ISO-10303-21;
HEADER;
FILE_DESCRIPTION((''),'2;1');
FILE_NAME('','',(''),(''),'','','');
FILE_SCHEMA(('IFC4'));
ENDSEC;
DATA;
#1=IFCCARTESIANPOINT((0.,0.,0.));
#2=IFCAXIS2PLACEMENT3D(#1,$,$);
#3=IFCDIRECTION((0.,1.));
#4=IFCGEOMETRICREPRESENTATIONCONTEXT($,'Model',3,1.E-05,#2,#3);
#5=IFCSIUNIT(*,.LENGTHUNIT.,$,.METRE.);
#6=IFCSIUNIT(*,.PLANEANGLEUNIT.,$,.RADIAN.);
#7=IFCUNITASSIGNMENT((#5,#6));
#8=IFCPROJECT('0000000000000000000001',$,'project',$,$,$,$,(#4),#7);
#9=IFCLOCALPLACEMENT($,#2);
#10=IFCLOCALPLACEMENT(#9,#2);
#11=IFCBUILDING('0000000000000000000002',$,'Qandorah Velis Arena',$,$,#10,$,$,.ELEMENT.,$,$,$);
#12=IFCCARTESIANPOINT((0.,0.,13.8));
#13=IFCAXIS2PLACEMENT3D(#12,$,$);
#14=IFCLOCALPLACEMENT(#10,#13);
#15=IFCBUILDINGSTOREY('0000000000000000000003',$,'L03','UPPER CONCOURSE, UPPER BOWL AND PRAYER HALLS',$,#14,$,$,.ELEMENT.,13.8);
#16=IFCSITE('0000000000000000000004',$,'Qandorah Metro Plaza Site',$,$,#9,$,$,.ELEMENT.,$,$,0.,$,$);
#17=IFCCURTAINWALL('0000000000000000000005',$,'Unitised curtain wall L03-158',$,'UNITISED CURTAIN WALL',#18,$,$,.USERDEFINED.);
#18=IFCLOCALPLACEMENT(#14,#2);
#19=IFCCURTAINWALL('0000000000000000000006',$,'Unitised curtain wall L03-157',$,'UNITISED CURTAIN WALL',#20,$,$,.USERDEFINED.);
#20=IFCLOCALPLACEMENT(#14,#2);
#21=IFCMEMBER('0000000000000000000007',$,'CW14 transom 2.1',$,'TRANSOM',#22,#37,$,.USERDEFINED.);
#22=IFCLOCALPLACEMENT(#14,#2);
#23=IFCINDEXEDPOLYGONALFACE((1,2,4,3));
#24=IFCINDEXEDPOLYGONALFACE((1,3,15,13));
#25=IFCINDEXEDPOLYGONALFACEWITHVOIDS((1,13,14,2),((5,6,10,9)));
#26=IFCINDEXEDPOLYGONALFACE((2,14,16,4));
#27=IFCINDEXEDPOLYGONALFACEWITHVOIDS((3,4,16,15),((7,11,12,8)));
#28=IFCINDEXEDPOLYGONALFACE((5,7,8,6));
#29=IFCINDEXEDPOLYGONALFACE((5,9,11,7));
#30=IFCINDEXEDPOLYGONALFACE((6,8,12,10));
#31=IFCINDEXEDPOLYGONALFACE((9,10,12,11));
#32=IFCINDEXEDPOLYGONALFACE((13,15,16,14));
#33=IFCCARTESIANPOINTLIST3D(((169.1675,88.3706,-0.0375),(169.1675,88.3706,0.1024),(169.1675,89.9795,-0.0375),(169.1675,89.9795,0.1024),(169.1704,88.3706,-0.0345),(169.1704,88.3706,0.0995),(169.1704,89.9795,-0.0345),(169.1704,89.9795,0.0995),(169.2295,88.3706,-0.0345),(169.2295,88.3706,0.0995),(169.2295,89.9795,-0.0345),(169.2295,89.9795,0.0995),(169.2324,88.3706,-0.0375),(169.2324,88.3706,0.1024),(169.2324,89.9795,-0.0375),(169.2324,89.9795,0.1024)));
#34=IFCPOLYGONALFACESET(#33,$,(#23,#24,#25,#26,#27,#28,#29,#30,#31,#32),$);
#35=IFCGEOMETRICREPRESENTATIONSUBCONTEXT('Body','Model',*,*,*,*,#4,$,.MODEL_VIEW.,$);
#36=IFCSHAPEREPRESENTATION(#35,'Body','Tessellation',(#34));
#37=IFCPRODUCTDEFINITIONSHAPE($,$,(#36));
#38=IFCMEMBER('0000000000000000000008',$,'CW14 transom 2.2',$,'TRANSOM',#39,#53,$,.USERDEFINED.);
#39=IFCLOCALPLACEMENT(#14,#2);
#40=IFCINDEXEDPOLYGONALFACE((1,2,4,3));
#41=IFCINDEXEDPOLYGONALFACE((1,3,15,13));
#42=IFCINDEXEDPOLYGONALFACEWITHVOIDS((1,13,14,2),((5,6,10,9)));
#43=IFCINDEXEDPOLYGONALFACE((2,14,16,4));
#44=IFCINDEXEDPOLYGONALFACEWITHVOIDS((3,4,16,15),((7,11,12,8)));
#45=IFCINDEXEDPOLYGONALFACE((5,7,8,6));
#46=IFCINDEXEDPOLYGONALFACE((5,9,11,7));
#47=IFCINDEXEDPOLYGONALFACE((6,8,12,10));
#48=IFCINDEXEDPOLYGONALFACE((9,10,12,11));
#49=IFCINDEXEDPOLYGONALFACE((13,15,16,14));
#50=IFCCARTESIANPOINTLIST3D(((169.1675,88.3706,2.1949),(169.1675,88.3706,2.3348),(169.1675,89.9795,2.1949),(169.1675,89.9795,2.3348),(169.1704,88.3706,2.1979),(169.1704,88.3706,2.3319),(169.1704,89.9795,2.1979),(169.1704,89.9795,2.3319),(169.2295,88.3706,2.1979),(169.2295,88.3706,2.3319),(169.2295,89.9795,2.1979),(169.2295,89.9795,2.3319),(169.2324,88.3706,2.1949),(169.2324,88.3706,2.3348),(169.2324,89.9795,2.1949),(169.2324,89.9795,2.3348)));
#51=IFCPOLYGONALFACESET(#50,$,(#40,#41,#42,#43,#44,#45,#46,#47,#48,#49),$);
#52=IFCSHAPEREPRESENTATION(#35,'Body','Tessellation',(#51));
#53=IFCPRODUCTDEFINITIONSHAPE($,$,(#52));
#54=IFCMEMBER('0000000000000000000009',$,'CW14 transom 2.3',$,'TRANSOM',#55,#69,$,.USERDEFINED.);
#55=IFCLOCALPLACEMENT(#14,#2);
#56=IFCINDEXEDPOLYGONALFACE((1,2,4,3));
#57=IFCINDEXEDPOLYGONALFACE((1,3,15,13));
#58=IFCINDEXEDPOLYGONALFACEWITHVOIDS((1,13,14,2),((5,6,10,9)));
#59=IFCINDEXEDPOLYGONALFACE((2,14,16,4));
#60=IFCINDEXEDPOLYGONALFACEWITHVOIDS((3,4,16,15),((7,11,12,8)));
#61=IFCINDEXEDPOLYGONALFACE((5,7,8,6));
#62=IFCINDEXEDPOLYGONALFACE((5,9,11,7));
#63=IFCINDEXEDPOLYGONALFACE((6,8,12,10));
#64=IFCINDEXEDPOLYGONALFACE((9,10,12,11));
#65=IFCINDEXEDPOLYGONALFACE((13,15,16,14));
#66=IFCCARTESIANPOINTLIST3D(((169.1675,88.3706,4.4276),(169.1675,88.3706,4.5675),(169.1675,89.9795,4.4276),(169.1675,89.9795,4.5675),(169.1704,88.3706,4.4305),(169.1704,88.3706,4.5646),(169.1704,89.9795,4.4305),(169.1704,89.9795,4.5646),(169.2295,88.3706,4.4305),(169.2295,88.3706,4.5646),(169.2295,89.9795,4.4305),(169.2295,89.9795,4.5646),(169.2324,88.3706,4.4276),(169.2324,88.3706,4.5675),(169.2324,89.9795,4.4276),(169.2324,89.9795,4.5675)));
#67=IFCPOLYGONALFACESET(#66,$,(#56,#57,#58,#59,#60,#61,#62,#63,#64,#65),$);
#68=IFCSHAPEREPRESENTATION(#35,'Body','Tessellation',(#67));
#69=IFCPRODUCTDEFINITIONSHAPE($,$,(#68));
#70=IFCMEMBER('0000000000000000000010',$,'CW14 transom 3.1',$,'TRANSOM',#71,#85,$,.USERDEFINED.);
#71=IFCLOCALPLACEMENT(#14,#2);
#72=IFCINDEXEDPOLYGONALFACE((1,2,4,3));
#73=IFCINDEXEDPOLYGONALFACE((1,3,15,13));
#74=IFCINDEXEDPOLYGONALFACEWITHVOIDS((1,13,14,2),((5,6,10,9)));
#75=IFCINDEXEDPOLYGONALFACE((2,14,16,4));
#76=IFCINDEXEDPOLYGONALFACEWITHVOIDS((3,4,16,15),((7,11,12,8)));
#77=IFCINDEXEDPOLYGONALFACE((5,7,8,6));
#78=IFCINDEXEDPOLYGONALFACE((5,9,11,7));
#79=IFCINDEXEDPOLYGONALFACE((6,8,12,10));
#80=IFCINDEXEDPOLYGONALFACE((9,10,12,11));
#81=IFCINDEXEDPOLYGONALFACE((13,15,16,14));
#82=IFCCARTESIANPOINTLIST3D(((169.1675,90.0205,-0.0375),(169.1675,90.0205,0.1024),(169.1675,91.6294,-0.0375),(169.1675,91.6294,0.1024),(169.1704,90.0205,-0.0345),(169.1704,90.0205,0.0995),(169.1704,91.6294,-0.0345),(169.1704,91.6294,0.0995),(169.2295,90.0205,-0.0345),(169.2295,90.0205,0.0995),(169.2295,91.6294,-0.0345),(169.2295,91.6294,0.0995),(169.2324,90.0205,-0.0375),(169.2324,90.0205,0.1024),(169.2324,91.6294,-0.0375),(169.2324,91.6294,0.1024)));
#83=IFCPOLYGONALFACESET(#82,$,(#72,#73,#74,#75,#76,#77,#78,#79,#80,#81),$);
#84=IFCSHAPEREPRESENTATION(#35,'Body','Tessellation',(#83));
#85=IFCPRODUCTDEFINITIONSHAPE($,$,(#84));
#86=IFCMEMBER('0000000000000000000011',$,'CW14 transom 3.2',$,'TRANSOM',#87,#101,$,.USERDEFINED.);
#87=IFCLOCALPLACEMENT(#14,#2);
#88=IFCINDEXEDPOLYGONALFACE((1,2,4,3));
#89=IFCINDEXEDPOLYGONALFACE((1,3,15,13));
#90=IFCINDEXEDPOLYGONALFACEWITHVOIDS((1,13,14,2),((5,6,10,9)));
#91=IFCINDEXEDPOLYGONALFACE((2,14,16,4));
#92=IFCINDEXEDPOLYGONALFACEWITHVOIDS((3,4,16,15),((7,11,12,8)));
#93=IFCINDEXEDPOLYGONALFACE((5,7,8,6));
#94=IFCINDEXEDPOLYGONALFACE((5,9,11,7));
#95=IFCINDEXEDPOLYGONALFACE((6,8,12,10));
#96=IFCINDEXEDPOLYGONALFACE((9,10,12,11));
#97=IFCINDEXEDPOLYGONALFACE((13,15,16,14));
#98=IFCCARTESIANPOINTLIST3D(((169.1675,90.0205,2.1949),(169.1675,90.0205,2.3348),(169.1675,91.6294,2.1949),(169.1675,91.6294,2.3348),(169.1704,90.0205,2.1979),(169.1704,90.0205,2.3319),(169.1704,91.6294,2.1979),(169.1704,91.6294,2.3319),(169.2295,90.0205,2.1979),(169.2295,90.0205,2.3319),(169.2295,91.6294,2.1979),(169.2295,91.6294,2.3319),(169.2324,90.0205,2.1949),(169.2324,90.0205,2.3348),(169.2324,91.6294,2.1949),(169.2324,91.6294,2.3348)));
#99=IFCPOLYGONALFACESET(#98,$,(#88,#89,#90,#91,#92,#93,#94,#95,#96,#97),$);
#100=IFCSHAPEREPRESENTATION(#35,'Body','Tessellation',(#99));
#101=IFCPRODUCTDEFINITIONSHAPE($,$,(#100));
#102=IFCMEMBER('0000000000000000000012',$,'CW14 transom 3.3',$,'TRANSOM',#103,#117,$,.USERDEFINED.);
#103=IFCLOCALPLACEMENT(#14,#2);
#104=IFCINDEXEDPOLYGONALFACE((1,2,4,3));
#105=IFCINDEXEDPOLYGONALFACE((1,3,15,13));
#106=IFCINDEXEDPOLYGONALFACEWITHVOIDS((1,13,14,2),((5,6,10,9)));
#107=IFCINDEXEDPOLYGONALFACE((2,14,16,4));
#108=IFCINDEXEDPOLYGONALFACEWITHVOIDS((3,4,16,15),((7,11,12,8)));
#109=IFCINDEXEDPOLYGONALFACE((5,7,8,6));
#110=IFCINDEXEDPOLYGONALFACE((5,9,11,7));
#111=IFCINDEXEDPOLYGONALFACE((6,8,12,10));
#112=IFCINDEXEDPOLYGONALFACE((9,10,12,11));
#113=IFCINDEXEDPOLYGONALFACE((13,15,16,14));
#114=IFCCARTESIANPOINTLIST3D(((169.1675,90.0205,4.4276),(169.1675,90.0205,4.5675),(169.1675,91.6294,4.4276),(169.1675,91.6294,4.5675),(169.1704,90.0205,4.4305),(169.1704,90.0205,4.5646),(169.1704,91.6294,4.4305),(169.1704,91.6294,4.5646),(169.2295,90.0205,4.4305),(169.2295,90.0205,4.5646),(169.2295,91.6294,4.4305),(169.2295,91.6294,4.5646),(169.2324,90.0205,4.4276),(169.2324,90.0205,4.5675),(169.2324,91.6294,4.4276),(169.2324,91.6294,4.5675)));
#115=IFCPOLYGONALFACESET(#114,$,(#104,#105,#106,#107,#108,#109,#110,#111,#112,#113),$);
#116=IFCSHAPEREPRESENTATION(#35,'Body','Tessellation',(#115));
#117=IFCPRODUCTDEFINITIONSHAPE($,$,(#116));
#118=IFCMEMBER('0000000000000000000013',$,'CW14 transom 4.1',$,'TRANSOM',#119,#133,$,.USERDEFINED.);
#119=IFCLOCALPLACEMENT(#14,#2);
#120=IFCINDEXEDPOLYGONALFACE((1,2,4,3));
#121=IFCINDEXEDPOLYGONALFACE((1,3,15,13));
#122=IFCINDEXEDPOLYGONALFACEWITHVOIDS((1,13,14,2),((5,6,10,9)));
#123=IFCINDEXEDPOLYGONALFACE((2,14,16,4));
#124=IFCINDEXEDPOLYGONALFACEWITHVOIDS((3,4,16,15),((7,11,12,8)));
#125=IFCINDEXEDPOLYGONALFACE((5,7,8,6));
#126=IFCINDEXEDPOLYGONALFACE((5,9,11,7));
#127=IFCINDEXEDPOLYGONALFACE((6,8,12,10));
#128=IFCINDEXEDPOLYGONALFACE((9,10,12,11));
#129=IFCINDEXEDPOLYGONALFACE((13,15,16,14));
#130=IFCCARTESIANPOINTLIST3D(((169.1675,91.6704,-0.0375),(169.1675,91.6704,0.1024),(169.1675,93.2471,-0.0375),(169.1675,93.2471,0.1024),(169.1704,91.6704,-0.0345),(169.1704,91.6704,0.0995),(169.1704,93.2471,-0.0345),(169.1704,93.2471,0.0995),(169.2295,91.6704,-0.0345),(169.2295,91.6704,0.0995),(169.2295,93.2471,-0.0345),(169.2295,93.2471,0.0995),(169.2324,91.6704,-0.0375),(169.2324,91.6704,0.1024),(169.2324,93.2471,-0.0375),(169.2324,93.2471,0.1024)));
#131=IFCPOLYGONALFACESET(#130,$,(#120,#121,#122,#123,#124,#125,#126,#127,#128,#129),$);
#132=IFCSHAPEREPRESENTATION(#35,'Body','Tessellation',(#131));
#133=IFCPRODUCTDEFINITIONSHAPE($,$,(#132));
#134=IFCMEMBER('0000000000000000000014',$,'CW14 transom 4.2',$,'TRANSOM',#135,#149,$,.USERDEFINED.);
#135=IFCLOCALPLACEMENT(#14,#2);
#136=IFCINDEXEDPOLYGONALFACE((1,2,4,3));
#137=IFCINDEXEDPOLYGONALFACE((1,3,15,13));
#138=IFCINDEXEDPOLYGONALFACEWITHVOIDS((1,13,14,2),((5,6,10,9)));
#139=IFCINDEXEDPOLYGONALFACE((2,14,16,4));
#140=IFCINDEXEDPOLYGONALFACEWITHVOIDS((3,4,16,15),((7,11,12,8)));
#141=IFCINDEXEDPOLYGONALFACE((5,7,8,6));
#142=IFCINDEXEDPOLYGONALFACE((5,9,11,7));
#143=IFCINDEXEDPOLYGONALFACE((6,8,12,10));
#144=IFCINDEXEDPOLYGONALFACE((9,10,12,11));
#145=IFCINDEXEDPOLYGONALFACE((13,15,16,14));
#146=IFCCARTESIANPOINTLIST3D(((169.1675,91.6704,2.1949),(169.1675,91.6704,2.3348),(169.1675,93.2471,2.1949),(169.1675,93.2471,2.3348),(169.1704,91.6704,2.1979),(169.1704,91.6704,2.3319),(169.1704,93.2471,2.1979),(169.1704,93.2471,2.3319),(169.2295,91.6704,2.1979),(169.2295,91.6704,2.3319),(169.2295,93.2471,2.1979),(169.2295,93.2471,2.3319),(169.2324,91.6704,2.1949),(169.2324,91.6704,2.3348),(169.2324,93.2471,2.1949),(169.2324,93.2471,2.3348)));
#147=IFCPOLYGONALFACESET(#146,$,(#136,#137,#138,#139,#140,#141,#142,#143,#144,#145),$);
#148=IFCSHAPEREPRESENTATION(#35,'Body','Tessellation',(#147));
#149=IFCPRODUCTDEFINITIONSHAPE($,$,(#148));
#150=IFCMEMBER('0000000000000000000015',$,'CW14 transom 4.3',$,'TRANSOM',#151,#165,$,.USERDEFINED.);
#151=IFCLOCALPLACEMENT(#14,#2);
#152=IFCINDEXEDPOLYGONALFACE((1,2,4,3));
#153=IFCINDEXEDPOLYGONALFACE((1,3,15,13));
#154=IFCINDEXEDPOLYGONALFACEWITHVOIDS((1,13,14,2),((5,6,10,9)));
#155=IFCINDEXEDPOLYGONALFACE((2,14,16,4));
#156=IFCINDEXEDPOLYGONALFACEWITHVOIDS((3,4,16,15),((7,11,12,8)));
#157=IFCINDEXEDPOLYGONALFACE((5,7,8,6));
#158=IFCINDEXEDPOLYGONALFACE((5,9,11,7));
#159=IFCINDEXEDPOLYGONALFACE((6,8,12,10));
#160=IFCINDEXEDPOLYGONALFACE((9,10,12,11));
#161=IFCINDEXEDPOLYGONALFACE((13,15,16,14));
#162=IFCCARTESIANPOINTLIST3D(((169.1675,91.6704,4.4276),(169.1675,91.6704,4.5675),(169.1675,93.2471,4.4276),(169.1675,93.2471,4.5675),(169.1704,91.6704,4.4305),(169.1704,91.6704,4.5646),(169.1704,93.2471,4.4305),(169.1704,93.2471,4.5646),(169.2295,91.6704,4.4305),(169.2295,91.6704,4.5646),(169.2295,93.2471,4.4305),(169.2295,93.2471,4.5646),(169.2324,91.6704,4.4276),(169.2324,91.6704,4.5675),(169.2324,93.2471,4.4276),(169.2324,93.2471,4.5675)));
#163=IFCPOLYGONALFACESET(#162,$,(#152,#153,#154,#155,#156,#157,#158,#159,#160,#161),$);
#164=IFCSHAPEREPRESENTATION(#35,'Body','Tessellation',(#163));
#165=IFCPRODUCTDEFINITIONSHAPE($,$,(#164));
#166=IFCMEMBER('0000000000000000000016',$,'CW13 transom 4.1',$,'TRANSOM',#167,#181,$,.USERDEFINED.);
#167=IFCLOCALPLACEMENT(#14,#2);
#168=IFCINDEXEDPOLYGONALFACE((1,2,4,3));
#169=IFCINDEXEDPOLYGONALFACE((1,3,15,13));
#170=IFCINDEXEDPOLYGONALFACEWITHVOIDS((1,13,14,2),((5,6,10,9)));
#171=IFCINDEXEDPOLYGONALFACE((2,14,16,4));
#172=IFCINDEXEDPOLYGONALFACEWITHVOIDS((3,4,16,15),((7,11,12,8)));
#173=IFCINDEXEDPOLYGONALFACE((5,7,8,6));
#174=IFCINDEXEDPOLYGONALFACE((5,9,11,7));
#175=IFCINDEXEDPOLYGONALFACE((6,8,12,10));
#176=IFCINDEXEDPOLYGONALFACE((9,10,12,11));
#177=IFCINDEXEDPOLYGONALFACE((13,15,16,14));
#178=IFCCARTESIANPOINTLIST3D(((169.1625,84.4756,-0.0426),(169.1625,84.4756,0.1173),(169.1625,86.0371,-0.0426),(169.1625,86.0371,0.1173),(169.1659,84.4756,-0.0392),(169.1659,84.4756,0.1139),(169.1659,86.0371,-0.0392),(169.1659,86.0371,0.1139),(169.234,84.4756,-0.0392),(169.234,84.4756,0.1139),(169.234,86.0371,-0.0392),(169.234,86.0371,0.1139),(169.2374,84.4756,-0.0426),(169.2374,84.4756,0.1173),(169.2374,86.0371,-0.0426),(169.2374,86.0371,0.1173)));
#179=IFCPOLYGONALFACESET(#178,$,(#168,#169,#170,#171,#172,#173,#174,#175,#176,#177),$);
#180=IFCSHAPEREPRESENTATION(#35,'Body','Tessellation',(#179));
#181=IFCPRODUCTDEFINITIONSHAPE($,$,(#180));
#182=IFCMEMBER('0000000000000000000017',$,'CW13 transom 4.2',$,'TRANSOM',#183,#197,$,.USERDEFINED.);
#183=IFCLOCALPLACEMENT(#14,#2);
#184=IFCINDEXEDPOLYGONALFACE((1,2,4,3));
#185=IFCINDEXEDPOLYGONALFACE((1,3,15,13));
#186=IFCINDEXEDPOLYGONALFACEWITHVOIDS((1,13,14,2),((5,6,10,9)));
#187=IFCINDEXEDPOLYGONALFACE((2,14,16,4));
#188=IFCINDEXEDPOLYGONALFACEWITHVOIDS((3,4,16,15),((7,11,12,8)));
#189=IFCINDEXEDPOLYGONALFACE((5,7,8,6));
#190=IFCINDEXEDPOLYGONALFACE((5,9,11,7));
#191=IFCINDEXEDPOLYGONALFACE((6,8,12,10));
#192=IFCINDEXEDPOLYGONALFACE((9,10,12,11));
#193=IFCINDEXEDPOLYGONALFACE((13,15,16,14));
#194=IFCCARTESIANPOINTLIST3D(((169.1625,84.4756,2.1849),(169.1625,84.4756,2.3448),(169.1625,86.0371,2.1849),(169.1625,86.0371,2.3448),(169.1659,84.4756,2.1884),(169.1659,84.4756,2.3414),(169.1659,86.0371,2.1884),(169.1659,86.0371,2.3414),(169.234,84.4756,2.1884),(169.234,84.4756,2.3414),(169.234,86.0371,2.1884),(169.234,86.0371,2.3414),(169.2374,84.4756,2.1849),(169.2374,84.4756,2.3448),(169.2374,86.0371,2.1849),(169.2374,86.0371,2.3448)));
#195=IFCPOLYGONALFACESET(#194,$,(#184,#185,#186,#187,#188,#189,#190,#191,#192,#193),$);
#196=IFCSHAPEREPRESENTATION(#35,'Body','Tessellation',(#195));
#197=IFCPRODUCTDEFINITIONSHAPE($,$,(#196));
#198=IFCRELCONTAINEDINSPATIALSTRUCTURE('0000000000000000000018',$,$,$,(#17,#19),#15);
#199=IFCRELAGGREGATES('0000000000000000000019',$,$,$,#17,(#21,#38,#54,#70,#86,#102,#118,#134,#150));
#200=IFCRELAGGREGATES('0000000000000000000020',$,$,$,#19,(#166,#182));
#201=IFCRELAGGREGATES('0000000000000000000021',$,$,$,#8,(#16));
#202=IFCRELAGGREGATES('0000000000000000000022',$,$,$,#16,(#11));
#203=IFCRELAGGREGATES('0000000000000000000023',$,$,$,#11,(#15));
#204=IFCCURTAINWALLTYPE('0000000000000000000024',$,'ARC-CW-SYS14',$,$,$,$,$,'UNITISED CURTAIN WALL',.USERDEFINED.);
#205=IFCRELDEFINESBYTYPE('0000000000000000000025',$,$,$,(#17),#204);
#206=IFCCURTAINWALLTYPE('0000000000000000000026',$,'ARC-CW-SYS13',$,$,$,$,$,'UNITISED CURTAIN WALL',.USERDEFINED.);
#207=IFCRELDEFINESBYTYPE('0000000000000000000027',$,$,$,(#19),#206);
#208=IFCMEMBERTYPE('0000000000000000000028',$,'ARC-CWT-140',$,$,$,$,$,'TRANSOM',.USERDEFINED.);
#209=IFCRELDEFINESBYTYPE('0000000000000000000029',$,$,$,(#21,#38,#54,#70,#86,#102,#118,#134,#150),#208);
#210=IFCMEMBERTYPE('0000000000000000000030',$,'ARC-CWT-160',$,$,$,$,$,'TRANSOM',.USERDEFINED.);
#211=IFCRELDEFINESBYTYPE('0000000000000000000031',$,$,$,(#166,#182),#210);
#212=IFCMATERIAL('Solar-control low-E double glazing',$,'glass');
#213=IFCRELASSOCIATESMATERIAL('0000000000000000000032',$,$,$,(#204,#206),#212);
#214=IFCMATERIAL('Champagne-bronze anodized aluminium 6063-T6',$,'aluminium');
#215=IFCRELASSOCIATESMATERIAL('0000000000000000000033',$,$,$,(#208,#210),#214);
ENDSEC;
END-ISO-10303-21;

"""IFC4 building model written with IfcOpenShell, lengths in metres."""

from ifc_helpers import new_model, si_unit, direction, frame, origin, origin_2d, place, context, subcontext, project, spatial, hollow_rectangle, extrude, material, material_profile, profile_set, type_object, element, aggregate, save


model = new_model("IFC4")

# Units and contexts
model_context = context("Model", 3, precision=1e-05, world=origin(), true_north=direction((0.0, 1.0)))
body_context = subcontext(model_context, "Body", "Model", "MODEL_VIEW")
ifc_project = project(units=[si_unit("LENGTHUNIT", "METRE"), si_unit("PLANEANGLEUNIT", "RADIAN")], contexts=[model_context])

# Site, building, storey
site_placement = place(None, origin())
site = spatial("IfcSite", under=ifc_project, at=site_placement, Name="Qandorah Metro Plaza Site", CompositionType="ELEMENT", RefElevation=0.0)
building_placement = place(site_placement, origin())
building = spatial("IfcBuilding", under=site, at=building_placement, Name="Qandorah Velis Arena", CompositionType="ELEMENT")
storey_placement = place(building_placement, frame((0.0, 0.0, 13.8)))
storey = spatial("IfcBuildingStorey", under=building, at=storey_placement, Name="L03", Description="UPPER CONCOURSE, UPPER BOWL AND PRAYER HALLS", CompositionType="ELEMENT", Elevation=13.8)

# Curtain wall
ifc_material_1 = material(Name="Solar-control low-E double glazing", Category="glass")
curtain_wall_type_1 = type_object("IfcCurtainWallType", Name="ARC-CW-SYS14", ElementType="UNITISED CURTAIN WALL", PredefinedType="USERDEFINED", material=ifc_material_1)
curtain_wall_1_placement = place(storey_placement, origin())
curtain_wall_1 = element("IfcCurtainWall", 1, at=curtain_wall_1_placement, inside=storey, type_object=curtain_wall_type_1, Name="Unitised curtain wall L03-158", ObjectType="UNITISED CURTAIN WALL", PredefinedType="USERDEFINED")
ifc_material_2 = material(Name="Champagne-bronze anodized aluminium 6063-T6", Category="aluminium")

# Curtain wall
curtain_wall_type_2 = type_object("IfcCurtainWallType", Name="ARC-CW-SYS13", ElementType="UNITISED CURTAIN WALL", PredefinedType="USERDEFINED", material=ifc_material_1)
curtain_wall_2_placement = place(storey_placement, origin())
curtain_wall_2 = element("IfcCurtainWall", 2, at=curtain_wall_2_placement, inside=storey, type_object=curtain_wall_type_2, Name="Unitised curtain wall L03-157", ObjectType="UNITISED CURTAIN WALL", PredefinedType="USERDEFINED")

# Members
ifc_material_profile_1 = material_profile(ifc_material_2, hollow_rectangle(XDim=0.0649, YDim=0.1399, WallThickness=0.0029, at=origin_2d()), Name="ALU TRANSOM 65x140")
ifc_profile_set_1 = profile_set([ifc_material_profile_1], Name="Champagne-bronze anodized aluminium 6063-T6")
member_type_1 = type_object("IfcMemberType", Name="ARC-CWT-140", ElementType="TRANSOM", PredefinedType="USERDEFINED", material=ifc_profile_set_1)
member_1_placement = place(storey_placement, frame((169.2, 88.3706, 0.0325), z_axis=(0.0, 1.0, 0.0), x_axis=(-1.0, 0.0, 0.0)))
member_1 = element("IfcMember", 3, at=member_1_placement, type_object=member_type_1, Name="CW14 transom 2.1", ObjectType="TRANSOM", PredefinedType="USERDEFINED", context=body_context, shape_type="SweptSolid", body=[
    extrude(hollow_rectangle(XDim=0.0649, YDim=0.1399, WallThickness=0.0029, at=origin_2d()), origin(), (0.0, 0.0, 1.0), 1.6089),
])
member_2_placement = place(storey_placement, frame((169.2, 88.3706, 2.2649), z_axis=(0.0, 1.0, 0.0), x_axis=(-1.0, 0.0, 0.0)))
member_2 = element("IfcMember", 4, at=member_2_placement, type_object=member_type_1, Name="CW14 transom 2.2", ObjectType="TRANSOM", PredefinedType="USERDEFINED", context=body_context, shape_type="SweptSolid", body=[
    extrude(hollow_rectangle(XDim=0.0649, YDim=0.1399, WallThickness=0.0029, at=origin_2d()), origin(), (0.0, 0.0, 1.0), 1.6089),
])
member_3_placement = place(storey_placement, frame((169.2, 88.3706, 4.4976), z_axis=(0.0, 1.0, 0.0), x_axis=(-1.0, 0.0, 0.0)))
member_3 = element("IfcMember", 5, at=member_3_placement, type_object=member_type_1, Name="CW14 transom 2.3", ObjectType="TRANSOM", PredefinedType="USERDEFINED", context=body_context, shape_type="SweptSolid", body=[
    extrude(hollow_rectangle(XDim=0.0649, YDim=0.1399, WallThickness=0.0029, at=origin_2d()), origin(), (0.0, 0.0, 1.0), 1.6089),
])
member_4_placement = place(storey_placement, frame((169.2, 90.0205, 0.0325), z_axis=(0.0, 1.0, 0.0), x_axis=(-1.0, 0.0, 0.0)))
member_4 = element("IfcMember", 6, at=member_4_placement, type_object=member_type_1, Name="CW14 transom 3.1", ObjectType="TRANSOM", PredefinedType="USERDEFINED", context=body_context, shape_type="SweptSolid", body=[
    extrude(hollow_rectangle(XDim=0.0649, YDim=0.1399, WallThickness=0.0029, at=origin_2d()), origin(), (0.0, 0.0, 1.0), 1.6089),
])
member_5_placement = place(storey_placement, frame((169.2, 90.0205, 2.2649), z_axis=(0.0, 1.0, 0.0), x_axis=(-1.0, 0.0, 0.0)))
member_5 = element("IfcMember", 7, at=member_5_placement, type_object=member_type_1, Name="CW14 transom 3.2", ObjectType="TRANSOM", PredefinedType="USERDEFINED", context=body_context, shape_type="SweptSolid", body=[
    extrude(hollow_rectangle(XDim=0.0649, YDim=0.1399, WallThickness=0.0029, at=origin_2d()), origin(), (0.0, 0.0, 1.0), 1.6089),
])
member_6_placement = place(storey_placement, frame((169.2, 90.0205, 4.4976), z_axis=(0.0, 1.0, 0.0), x_axis=(-1.0, 0.0, 0.0)))
member_6 = element("IfcMember", 8, at=member_6_placement, type_object=member_type_1, Name="CW14 transom 3.3", ObjectType="TRANSOM", PredefinedType="USERDEFINED", context=body_context, shape_type="SweptSolid", body=[
    extrude(hollow_rectangle(XDim=0.0649, YDim=0.1399, WallThickness=0.0029, at=origin_2d()), origin(), (0.0, 0.0, 1.0), 1.6089),
])
member_7_placement = place(storey_placement, frame((169.2, 91.6704, 0.0325), z_axis=(0.0, 1.0, 0.0), x_axis=(-1.0, 0.0, 0.0)))
member_7 = element("IfcMember", 9, at=member_7_placement, type_object=member_type_1, Name="CW14 transom 4.1", ObjectType="TRANSOM", PredefinedType="USERDEFINED", context=body_context, shape_type="SweptSolid", body=[
    extrude(hollow_rectangle(XDim=0.0649, YDim=0.1399, WallThickness=0.0029, at=origin_2d()), origin(), (0.0, 0.0, 1.0), 1.5767),
])
member_8_placement = place(storey_placement, frame((169.2, 91.6704, 2.2649), z_axis=(0.0, 1.0, 0.0), x_axis=(-1.0, 0.0, 0.0)))
member_8 = element("IfcMember", 10, at=member_8_placement, type_object=member_type_1, Name="CW14 transom 4.2", ObjectType="TRANSOM", PredefinedType="USERDEFINED", context=body_context, shape_type="SweptSolid", body=[
    extrude(hollow_rectangle(XDim=0.0649, YDim=0.1399, WallThickness=0.0029, at=origin_2d()), origin(), (0.0, 0.0, 1.0), 1.5767),
])
member_9_placement = place(storey_placement, frame((169.2, 91.6704, 4.4976), z_axis=(0.0, 1.0, 0.0), x_axis=(-1.0, 0.0, 0.0)))
member_9 = element("IfcMember", 11, at=member_9_placement, type_object=member_type_1, Name="CW14 transom 4.3", ObjectType="TRANSOM", PredefinedType="USERDEFINED", context=body_context, shape_type="SweptSolid", body=[
    extrude(hollow_rectangle(XDim=0.0649, YDim=0.1399, WallThickness=0.0029, at=origin_2d()), origin(), (0.0, 0.0, 1.0), 1.5767),
])
ifc_material_profile_2 = material_profile(ifc_material_2, hollow_rectangle(XDim=0.075, YDim=0.1599, WallThickness=0.0034, at=origin_2d()), Name="ALU TRANSOM 75x160")
ifc_profile_set_2 = profile_set([ifc_material_profile_2], Name="Champagne-bronze anodized aluminium 6063-T6")
member_type_2 = type_object("IfcMemberType", Name="ARC-CWT-160", ElementType="TRANSOM", PredefinedType="USERDEFINED", material=ifc_profile_set_2)
member_10_placement = place(storey_placement, frame((169.2, 84.4756, 0.0374), z_axis=(0.0, 1.0, 0.0), x_axis=(-1.0, 0.0, 0.0)))
member_10 = element("IfcMember", 12, at=member_10_placement, type_object=member_type_2, Name="CW13 transom 4.1", ObjectType="TRANSOM", PredefinedType="USERDEFINED", context=body_context, shape_type="SweptSolid", body=[
    extrude(hollow_rectangle(XDim=0.075, YDim=0.1599, WallThickness=0.0034, at=origin_2d()), origin(), (0.0, 0.0, 1.0), 1.5615),
])
member_11_placement = place(storey_placement, frame((169.2, 84.4756, 2.2649), z_axis=(0.0, 1.0, 0.0), x_axis=(-1.0, 0.0, 0.0)))
member_11 = element("IfcMember", 13, at=member_11_placement, type_object=member_type_2, Name="CW13 transom 4.2", ObjectType="TRANSOM", PredefinedType="USERDEFINED", context=body_context, shape_type="SweptSolid", body=[
    extrude(hollow_rectangle(XDim=0.075, YDim=0.1599, WallThickness=0.0034, at=origin_2d()), origin(), (0.0, 0.0, 1.0), 1.5615),
])

aggregate(curtain_wall_1, [member_1, member_2, member_3, member_4, member_5, member_6, member_7, member_8, member_9])
aggregate(curtain_wall_2, [member_10, member_11])

save(model, "model.ifc")
